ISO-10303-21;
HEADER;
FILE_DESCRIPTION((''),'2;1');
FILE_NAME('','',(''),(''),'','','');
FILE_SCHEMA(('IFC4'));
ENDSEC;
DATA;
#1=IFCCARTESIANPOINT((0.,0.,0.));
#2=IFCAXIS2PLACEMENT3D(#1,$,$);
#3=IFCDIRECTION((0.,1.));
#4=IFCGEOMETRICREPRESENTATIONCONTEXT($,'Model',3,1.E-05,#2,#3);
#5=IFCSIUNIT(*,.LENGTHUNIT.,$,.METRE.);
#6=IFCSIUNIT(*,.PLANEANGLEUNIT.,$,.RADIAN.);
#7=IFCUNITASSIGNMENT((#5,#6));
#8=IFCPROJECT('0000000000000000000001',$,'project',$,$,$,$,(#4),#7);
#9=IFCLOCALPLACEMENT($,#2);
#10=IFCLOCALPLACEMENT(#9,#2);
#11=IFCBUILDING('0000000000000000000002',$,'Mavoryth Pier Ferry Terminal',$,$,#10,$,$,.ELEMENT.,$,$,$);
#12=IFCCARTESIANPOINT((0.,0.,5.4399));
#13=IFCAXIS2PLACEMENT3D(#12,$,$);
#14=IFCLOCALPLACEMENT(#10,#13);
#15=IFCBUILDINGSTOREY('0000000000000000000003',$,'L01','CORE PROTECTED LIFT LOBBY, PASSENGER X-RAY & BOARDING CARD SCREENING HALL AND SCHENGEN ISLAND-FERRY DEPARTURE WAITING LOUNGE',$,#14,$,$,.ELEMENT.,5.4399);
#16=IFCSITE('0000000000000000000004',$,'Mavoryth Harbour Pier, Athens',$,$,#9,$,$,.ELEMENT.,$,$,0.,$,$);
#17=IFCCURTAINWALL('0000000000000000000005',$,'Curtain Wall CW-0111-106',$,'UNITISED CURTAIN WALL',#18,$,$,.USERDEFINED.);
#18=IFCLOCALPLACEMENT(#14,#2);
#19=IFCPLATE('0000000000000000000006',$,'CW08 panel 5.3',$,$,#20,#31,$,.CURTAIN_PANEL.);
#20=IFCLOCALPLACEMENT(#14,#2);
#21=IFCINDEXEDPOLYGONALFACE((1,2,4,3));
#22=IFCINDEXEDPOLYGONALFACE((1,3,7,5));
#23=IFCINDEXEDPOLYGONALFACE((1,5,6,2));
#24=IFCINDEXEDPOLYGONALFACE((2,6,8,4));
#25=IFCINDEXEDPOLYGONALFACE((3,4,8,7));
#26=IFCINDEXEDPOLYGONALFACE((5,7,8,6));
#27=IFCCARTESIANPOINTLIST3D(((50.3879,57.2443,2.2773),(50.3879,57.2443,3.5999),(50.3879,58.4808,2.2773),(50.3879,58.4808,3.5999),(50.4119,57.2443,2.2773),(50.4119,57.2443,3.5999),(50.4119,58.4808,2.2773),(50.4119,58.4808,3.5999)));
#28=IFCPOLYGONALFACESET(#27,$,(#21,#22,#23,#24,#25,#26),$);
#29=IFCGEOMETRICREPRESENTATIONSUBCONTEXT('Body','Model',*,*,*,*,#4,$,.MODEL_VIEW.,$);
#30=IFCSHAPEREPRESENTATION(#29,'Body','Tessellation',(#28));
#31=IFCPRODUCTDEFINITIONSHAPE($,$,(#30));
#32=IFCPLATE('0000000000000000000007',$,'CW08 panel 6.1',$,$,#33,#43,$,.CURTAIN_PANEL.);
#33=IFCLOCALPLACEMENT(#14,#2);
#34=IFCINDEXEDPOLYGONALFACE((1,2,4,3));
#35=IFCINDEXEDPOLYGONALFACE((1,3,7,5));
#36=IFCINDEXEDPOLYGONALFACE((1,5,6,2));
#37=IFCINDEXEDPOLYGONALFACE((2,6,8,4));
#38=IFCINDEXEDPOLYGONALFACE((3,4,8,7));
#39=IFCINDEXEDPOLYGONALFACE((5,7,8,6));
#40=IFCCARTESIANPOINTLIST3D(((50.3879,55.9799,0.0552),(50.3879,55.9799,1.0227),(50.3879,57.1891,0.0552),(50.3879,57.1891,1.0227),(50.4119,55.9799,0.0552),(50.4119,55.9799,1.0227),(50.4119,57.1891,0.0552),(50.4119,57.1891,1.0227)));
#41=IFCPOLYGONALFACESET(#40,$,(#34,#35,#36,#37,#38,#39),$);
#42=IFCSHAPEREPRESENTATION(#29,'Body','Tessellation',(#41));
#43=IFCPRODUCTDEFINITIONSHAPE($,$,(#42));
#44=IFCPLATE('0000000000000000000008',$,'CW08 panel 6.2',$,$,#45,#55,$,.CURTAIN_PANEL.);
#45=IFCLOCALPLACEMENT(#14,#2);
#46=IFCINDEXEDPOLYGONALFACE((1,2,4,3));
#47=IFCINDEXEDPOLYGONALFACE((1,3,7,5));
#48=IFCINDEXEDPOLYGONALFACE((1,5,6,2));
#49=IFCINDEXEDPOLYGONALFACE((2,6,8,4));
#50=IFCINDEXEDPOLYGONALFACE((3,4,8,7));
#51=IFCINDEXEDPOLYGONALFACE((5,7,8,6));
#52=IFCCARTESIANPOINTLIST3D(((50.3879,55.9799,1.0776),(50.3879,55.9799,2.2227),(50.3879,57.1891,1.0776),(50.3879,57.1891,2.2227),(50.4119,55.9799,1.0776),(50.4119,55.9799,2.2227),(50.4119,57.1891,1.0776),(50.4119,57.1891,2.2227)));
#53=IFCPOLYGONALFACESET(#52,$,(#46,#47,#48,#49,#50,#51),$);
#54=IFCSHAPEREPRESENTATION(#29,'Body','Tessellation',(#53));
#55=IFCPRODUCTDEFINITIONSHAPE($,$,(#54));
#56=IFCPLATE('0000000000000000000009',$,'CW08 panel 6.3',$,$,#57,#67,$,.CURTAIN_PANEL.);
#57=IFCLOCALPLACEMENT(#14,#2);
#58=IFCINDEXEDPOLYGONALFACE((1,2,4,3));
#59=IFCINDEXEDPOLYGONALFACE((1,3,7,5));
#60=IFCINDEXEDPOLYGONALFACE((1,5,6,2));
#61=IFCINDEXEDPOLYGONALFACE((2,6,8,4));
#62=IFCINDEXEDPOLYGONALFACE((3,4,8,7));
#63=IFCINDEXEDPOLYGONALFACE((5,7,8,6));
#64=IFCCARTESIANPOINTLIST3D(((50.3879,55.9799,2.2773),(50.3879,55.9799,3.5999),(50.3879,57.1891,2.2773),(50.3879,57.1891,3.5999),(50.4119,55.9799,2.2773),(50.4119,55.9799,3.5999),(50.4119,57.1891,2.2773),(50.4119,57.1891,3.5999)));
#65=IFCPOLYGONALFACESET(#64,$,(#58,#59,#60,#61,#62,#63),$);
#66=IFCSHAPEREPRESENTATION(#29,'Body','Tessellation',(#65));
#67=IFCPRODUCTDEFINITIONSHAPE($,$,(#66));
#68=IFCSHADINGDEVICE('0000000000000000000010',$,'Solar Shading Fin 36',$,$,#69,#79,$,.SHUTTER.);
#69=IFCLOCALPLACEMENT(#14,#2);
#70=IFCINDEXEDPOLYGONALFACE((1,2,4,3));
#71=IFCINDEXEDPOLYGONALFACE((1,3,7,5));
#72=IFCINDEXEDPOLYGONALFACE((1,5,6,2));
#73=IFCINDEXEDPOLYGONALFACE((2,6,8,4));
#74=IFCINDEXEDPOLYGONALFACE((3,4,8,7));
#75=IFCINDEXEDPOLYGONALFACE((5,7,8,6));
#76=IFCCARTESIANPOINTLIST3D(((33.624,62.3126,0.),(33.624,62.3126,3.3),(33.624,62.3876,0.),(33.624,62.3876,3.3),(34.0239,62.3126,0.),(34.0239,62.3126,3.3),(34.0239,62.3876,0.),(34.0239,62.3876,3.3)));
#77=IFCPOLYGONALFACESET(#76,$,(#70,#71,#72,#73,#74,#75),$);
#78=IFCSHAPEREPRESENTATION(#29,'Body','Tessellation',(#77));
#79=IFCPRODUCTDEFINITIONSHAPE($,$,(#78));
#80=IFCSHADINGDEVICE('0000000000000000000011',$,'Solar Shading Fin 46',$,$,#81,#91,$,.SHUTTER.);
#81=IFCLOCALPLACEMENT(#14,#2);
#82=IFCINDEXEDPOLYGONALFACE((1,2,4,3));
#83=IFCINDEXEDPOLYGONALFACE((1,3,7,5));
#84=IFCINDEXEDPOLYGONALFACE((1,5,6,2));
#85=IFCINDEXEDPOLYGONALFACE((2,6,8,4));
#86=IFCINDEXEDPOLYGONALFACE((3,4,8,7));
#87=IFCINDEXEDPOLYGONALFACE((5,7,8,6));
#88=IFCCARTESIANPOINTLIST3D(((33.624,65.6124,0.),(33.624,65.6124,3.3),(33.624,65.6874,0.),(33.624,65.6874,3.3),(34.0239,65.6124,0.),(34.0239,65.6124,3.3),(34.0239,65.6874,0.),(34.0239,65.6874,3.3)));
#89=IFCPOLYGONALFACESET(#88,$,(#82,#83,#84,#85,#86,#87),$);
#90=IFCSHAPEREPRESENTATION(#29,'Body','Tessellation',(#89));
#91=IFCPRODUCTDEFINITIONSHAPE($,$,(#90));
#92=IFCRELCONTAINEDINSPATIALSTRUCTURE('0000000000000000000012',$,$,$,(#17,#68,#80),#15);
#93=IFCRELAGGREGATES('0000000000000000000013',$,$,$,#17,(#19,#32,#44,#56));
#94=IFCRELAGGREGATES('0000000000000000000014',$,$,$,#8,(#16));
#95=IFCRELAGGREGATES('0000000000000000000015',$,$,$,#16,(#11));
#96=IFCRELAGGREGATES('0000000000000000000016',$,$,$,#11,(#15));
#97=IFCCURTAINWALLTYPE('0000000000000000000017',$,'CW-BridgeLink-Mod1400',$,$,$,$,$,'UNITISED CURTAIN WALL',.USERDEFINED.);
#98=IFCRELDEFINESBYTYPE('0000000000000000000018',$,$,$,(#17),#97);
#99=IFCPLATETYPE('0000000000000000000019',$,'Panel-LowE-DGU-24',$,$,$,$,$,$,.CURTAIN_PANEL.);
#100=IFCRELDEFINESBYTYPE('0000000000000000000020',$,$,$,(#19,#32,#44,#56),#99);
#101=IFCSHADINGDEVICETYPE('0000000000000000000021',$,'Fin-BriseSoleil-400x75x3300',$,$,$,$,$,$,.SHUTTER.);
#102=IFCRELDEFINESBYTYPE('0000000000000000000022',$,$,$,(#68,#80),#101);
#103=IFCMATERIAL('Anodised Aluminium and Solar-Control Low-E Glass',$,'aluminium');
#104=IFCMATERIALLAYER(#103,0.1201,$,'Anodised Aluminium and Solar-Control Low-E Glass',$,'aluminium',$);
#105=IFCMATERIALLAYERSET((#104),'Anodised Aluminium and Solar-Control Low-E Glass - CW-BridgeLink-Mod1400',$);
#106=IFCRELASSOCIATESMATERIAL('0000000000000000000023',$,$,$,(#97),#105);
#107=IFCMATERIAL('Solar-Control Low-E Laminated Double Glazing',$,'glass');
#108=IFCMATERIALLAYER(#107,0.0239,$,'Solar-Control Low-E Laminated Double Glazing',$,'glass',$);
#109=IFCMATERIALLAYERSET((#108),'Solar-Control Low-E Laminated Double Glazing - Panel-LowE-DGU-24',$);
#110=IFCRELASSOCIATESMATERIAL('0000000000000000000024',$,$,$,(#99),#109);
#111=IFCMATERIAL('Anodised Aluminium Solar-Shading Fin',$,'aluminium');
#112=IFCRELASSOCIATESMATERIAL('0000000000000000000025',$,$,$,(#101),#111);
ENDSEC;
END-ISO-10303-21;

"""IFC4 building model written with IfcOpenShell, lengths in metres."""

from ifc_helpers import new_model, si_unit, direction, frame, origin, origin_2d, place, context, subcontext, project, spatial, rectangle, extrude, material, layer, layer_set, type_object, element, aggregate, save


model = new_model("IFC4")

# Units and contexts
model_context = context("Model", 3, precision=1e-05, world=origin(), true_north=direction((0.0, 1.0)))
body_context = subcontext(model_context, "Body", "Model", "MODEL_VIEW")
ifc_project = project(units=[si_unit("LENGTHUNIT", "METRE"), si_unit("PLANEANGLEUNIT", "RADIAN")], contexts=[model_context])

# Site, building, storey
site_placement = place(None, origin())
site = spatial("IfcSite", under=ifc_project, at=site_placement, Name="Mavoryth Harbour Pier, Athens", CompositionType="ELEMENT", RefElevation=0.0)
building_placement = place(site_placement, origin())
building = spatial("IfcBuilding", under=site, at=building_placement, Name="Mavoryth Pier Ferry Terminal", CompositionType="ELEMENT")
storey_placement = place(building_placement, frame((0.0, 0.0, 5.4399)))
storey = spatial("IfcBuildingStorey", under=building, at=storey_placement, Name="L01", Description="CORE PROTECTED LIFT LOBBY, PASSENGER X-RAY & BOARDING CARD SCREENING HALL AND SCHENGEN ISLAND-FERRY DEPARTURE WAITING LOUNGE", CompositionType="ELEMENT", Elevation=5.4399)

# Shared definitions
ifc_material_1 = material(Name="Anodised Aluminium and Solar-Control Low-E Glass", Category="aluminium")
ifc_layer_1 = layer(ifc_material_1, 0.1201, Name="Anodised Aluminium and Solar-Control Low-E Glass", Category="aluminium")
ifc_layer_set_1 = layer_set([ifc_layer_1], Name="Anodised Aluminium and Solar-Control Low-E Glass - CW-BridgeLink-Mod1400")
curtain_wall_type = type_object("IfcCurtainWallType", Name="CW-BridgeLink-Mod1400", ElementType="UNITISED CURTAIN WALL", PredefinedType="USERDEFINED", material=ifc_layer_set_1)

# Curtain wall
curtain_wall_1_placement = place(storey_placement, origin())
curtain_wall_1 = element("IfcCurtainWall", 1, at=curtain_wall_1_placement, inside=storey, type_object=curtain_wall_type, Name="Curtain Wall CW-0111-106", ObjectType="UNITISED CURTAIN WALL", PredefinedType="USERDEFINED")

# Plates
ifc_material_2 = material(Name="Solar-Control Low-E Laminated Double Glazing", Category="glass")
ifc_layer_2 = layer(ifc_material_2, 0.0239, Name="Solar-Control Low-E Laminated Double Glazing", Category="glass")
ifc_layer_set_2 = layer_set([ifc_layer_2], Name="Solar-Control Low-E Laminated Double Glazing - Panel-LowE-DGU-24")
plate_type = type_object("IfcPlateType", Name="Panel-LowE-DGU-24", PredefinedType="CURTAIN_PANEL", material=ifc_layer_set_2)
plate_1_placement = place(storey_placement, frame((50.3999, 57.8625, 2.2773), z_axis=(0.0, 0.0, 1.0), x_axis=(0.0, -1.0, 0.0)))
plate_1 = element("IfcPlate", 2, at=plate_1_placement, type_object=plate_type, Name="CW08 panel 5.3", PredefinedType="CURTAIN_PANEL", context=body_context, shape_type="SweptSolid", body=[
    extrude(rectangle(XDim=1.2366, YDim=0.0239, at=origin_2d()), origin(), (0.0, 0.0, 1.0), 1.3225),
])
plate_2_placement = place(storey_placement, frame((50.3999, 56.5845, 0.0552), z_axis=(0.0, 0.0, 1.0), x_axis=(0.0, -1.0, 0.0)))
plate_2 = element("IfcPlate", 3, at=plate_2_placement, type_object=plate_type, Name="CW08 panel 6.1", PredefinedType="CURTAIN_PANEL", context=body_context, shape_type="SweptSolid", body=[
    extrude(rectangle(XDim=1.2092, YDim=0.0239, at=origin_2d()), origin(), (0.0, 0.0, 1.0), 0.9675),
])
plate_3_placement = place(storey_placement, frame((50.3999, 56.5845, 1.0776), z_axis=(0.0, 0.0, 1.0), x_axis=(0.0, -1.0, 0.0)))
plate_3 = element("IfcPlate", 4, at=plate_3_placement, type_object=plate_type, Name="CW08 panel 6.2", PredefinedType="CURTAIN_PANEL", context=body_context, shape_type="SweptSolid", body=[
    extrude(rectangle(XDim=1.2092, YDim=0.0239, at=origin_2d()), origin(), (0.0, 0.0, 1.0), 1.145),
])
plate_4_placement = place(storey_placement, frame((50.3999, 56.5845, 2.2773), z_axis=(0.0, 0.0, 1.0), x_axis=(0.0, -1.0, 0.0)))
plate_4 = element("IfcPlate", 5, at=plate_4_placement, type_object=plate_type, Name="CW08 panel 6.3", PredefinedType="CURTAIN_PANEL", context=body_context, shape_type="SweptSolid", body=[
    extrude(rectangle(XDim=1.2092, YDim=0.0239, at=origin_2d()), origin(), (0.0, 0.0, 1.0), 1.3225),
])
aggregate(curtain_wall_1, [plate_1, plate_2, plate_3, plate_4])

# Shading devices
ifc_material_3 = material(Name="Anodised Aluminium Solar-Shading Fin", Category="aluminium")
shading_device_type = type_object("IfcShadingDeviceType", Name="Fin-BriseSoleil-400x75x3300", PredefinedType="SHUTTER", material=ifc_material_3)
for number, where, z_axis, x_axis, name in (
    (6, (33.824, 62.3501, 0.0), (0.0, 0.0, 1.0), (0.0, 1.0, 0.0), "Solar Shading Fin 36"),
    (7, (33.824, 65.6499, 0.0), (0.0, 0.0, 1.0), (0.0, 1.0, 0.0), "Solar Shading Fin 46"),
):
    element("IfcShadingDevice", number, at=place(storey_placement, frame(where, z_axis=z_axis, x_axis=x_axis)), inside=storey, type_object=shading_device_type, Name=name, PredefinedType="SHUTTER", context=body_context, shape_type="SweptSolid", body=[
        extrude(rectangle(XDim=0.075, YDim=0.3999, at=origin_2d()), origin(), (0.0, 0.0, 1.0), 3.3),
    ])

save(model, "model.ifc")
